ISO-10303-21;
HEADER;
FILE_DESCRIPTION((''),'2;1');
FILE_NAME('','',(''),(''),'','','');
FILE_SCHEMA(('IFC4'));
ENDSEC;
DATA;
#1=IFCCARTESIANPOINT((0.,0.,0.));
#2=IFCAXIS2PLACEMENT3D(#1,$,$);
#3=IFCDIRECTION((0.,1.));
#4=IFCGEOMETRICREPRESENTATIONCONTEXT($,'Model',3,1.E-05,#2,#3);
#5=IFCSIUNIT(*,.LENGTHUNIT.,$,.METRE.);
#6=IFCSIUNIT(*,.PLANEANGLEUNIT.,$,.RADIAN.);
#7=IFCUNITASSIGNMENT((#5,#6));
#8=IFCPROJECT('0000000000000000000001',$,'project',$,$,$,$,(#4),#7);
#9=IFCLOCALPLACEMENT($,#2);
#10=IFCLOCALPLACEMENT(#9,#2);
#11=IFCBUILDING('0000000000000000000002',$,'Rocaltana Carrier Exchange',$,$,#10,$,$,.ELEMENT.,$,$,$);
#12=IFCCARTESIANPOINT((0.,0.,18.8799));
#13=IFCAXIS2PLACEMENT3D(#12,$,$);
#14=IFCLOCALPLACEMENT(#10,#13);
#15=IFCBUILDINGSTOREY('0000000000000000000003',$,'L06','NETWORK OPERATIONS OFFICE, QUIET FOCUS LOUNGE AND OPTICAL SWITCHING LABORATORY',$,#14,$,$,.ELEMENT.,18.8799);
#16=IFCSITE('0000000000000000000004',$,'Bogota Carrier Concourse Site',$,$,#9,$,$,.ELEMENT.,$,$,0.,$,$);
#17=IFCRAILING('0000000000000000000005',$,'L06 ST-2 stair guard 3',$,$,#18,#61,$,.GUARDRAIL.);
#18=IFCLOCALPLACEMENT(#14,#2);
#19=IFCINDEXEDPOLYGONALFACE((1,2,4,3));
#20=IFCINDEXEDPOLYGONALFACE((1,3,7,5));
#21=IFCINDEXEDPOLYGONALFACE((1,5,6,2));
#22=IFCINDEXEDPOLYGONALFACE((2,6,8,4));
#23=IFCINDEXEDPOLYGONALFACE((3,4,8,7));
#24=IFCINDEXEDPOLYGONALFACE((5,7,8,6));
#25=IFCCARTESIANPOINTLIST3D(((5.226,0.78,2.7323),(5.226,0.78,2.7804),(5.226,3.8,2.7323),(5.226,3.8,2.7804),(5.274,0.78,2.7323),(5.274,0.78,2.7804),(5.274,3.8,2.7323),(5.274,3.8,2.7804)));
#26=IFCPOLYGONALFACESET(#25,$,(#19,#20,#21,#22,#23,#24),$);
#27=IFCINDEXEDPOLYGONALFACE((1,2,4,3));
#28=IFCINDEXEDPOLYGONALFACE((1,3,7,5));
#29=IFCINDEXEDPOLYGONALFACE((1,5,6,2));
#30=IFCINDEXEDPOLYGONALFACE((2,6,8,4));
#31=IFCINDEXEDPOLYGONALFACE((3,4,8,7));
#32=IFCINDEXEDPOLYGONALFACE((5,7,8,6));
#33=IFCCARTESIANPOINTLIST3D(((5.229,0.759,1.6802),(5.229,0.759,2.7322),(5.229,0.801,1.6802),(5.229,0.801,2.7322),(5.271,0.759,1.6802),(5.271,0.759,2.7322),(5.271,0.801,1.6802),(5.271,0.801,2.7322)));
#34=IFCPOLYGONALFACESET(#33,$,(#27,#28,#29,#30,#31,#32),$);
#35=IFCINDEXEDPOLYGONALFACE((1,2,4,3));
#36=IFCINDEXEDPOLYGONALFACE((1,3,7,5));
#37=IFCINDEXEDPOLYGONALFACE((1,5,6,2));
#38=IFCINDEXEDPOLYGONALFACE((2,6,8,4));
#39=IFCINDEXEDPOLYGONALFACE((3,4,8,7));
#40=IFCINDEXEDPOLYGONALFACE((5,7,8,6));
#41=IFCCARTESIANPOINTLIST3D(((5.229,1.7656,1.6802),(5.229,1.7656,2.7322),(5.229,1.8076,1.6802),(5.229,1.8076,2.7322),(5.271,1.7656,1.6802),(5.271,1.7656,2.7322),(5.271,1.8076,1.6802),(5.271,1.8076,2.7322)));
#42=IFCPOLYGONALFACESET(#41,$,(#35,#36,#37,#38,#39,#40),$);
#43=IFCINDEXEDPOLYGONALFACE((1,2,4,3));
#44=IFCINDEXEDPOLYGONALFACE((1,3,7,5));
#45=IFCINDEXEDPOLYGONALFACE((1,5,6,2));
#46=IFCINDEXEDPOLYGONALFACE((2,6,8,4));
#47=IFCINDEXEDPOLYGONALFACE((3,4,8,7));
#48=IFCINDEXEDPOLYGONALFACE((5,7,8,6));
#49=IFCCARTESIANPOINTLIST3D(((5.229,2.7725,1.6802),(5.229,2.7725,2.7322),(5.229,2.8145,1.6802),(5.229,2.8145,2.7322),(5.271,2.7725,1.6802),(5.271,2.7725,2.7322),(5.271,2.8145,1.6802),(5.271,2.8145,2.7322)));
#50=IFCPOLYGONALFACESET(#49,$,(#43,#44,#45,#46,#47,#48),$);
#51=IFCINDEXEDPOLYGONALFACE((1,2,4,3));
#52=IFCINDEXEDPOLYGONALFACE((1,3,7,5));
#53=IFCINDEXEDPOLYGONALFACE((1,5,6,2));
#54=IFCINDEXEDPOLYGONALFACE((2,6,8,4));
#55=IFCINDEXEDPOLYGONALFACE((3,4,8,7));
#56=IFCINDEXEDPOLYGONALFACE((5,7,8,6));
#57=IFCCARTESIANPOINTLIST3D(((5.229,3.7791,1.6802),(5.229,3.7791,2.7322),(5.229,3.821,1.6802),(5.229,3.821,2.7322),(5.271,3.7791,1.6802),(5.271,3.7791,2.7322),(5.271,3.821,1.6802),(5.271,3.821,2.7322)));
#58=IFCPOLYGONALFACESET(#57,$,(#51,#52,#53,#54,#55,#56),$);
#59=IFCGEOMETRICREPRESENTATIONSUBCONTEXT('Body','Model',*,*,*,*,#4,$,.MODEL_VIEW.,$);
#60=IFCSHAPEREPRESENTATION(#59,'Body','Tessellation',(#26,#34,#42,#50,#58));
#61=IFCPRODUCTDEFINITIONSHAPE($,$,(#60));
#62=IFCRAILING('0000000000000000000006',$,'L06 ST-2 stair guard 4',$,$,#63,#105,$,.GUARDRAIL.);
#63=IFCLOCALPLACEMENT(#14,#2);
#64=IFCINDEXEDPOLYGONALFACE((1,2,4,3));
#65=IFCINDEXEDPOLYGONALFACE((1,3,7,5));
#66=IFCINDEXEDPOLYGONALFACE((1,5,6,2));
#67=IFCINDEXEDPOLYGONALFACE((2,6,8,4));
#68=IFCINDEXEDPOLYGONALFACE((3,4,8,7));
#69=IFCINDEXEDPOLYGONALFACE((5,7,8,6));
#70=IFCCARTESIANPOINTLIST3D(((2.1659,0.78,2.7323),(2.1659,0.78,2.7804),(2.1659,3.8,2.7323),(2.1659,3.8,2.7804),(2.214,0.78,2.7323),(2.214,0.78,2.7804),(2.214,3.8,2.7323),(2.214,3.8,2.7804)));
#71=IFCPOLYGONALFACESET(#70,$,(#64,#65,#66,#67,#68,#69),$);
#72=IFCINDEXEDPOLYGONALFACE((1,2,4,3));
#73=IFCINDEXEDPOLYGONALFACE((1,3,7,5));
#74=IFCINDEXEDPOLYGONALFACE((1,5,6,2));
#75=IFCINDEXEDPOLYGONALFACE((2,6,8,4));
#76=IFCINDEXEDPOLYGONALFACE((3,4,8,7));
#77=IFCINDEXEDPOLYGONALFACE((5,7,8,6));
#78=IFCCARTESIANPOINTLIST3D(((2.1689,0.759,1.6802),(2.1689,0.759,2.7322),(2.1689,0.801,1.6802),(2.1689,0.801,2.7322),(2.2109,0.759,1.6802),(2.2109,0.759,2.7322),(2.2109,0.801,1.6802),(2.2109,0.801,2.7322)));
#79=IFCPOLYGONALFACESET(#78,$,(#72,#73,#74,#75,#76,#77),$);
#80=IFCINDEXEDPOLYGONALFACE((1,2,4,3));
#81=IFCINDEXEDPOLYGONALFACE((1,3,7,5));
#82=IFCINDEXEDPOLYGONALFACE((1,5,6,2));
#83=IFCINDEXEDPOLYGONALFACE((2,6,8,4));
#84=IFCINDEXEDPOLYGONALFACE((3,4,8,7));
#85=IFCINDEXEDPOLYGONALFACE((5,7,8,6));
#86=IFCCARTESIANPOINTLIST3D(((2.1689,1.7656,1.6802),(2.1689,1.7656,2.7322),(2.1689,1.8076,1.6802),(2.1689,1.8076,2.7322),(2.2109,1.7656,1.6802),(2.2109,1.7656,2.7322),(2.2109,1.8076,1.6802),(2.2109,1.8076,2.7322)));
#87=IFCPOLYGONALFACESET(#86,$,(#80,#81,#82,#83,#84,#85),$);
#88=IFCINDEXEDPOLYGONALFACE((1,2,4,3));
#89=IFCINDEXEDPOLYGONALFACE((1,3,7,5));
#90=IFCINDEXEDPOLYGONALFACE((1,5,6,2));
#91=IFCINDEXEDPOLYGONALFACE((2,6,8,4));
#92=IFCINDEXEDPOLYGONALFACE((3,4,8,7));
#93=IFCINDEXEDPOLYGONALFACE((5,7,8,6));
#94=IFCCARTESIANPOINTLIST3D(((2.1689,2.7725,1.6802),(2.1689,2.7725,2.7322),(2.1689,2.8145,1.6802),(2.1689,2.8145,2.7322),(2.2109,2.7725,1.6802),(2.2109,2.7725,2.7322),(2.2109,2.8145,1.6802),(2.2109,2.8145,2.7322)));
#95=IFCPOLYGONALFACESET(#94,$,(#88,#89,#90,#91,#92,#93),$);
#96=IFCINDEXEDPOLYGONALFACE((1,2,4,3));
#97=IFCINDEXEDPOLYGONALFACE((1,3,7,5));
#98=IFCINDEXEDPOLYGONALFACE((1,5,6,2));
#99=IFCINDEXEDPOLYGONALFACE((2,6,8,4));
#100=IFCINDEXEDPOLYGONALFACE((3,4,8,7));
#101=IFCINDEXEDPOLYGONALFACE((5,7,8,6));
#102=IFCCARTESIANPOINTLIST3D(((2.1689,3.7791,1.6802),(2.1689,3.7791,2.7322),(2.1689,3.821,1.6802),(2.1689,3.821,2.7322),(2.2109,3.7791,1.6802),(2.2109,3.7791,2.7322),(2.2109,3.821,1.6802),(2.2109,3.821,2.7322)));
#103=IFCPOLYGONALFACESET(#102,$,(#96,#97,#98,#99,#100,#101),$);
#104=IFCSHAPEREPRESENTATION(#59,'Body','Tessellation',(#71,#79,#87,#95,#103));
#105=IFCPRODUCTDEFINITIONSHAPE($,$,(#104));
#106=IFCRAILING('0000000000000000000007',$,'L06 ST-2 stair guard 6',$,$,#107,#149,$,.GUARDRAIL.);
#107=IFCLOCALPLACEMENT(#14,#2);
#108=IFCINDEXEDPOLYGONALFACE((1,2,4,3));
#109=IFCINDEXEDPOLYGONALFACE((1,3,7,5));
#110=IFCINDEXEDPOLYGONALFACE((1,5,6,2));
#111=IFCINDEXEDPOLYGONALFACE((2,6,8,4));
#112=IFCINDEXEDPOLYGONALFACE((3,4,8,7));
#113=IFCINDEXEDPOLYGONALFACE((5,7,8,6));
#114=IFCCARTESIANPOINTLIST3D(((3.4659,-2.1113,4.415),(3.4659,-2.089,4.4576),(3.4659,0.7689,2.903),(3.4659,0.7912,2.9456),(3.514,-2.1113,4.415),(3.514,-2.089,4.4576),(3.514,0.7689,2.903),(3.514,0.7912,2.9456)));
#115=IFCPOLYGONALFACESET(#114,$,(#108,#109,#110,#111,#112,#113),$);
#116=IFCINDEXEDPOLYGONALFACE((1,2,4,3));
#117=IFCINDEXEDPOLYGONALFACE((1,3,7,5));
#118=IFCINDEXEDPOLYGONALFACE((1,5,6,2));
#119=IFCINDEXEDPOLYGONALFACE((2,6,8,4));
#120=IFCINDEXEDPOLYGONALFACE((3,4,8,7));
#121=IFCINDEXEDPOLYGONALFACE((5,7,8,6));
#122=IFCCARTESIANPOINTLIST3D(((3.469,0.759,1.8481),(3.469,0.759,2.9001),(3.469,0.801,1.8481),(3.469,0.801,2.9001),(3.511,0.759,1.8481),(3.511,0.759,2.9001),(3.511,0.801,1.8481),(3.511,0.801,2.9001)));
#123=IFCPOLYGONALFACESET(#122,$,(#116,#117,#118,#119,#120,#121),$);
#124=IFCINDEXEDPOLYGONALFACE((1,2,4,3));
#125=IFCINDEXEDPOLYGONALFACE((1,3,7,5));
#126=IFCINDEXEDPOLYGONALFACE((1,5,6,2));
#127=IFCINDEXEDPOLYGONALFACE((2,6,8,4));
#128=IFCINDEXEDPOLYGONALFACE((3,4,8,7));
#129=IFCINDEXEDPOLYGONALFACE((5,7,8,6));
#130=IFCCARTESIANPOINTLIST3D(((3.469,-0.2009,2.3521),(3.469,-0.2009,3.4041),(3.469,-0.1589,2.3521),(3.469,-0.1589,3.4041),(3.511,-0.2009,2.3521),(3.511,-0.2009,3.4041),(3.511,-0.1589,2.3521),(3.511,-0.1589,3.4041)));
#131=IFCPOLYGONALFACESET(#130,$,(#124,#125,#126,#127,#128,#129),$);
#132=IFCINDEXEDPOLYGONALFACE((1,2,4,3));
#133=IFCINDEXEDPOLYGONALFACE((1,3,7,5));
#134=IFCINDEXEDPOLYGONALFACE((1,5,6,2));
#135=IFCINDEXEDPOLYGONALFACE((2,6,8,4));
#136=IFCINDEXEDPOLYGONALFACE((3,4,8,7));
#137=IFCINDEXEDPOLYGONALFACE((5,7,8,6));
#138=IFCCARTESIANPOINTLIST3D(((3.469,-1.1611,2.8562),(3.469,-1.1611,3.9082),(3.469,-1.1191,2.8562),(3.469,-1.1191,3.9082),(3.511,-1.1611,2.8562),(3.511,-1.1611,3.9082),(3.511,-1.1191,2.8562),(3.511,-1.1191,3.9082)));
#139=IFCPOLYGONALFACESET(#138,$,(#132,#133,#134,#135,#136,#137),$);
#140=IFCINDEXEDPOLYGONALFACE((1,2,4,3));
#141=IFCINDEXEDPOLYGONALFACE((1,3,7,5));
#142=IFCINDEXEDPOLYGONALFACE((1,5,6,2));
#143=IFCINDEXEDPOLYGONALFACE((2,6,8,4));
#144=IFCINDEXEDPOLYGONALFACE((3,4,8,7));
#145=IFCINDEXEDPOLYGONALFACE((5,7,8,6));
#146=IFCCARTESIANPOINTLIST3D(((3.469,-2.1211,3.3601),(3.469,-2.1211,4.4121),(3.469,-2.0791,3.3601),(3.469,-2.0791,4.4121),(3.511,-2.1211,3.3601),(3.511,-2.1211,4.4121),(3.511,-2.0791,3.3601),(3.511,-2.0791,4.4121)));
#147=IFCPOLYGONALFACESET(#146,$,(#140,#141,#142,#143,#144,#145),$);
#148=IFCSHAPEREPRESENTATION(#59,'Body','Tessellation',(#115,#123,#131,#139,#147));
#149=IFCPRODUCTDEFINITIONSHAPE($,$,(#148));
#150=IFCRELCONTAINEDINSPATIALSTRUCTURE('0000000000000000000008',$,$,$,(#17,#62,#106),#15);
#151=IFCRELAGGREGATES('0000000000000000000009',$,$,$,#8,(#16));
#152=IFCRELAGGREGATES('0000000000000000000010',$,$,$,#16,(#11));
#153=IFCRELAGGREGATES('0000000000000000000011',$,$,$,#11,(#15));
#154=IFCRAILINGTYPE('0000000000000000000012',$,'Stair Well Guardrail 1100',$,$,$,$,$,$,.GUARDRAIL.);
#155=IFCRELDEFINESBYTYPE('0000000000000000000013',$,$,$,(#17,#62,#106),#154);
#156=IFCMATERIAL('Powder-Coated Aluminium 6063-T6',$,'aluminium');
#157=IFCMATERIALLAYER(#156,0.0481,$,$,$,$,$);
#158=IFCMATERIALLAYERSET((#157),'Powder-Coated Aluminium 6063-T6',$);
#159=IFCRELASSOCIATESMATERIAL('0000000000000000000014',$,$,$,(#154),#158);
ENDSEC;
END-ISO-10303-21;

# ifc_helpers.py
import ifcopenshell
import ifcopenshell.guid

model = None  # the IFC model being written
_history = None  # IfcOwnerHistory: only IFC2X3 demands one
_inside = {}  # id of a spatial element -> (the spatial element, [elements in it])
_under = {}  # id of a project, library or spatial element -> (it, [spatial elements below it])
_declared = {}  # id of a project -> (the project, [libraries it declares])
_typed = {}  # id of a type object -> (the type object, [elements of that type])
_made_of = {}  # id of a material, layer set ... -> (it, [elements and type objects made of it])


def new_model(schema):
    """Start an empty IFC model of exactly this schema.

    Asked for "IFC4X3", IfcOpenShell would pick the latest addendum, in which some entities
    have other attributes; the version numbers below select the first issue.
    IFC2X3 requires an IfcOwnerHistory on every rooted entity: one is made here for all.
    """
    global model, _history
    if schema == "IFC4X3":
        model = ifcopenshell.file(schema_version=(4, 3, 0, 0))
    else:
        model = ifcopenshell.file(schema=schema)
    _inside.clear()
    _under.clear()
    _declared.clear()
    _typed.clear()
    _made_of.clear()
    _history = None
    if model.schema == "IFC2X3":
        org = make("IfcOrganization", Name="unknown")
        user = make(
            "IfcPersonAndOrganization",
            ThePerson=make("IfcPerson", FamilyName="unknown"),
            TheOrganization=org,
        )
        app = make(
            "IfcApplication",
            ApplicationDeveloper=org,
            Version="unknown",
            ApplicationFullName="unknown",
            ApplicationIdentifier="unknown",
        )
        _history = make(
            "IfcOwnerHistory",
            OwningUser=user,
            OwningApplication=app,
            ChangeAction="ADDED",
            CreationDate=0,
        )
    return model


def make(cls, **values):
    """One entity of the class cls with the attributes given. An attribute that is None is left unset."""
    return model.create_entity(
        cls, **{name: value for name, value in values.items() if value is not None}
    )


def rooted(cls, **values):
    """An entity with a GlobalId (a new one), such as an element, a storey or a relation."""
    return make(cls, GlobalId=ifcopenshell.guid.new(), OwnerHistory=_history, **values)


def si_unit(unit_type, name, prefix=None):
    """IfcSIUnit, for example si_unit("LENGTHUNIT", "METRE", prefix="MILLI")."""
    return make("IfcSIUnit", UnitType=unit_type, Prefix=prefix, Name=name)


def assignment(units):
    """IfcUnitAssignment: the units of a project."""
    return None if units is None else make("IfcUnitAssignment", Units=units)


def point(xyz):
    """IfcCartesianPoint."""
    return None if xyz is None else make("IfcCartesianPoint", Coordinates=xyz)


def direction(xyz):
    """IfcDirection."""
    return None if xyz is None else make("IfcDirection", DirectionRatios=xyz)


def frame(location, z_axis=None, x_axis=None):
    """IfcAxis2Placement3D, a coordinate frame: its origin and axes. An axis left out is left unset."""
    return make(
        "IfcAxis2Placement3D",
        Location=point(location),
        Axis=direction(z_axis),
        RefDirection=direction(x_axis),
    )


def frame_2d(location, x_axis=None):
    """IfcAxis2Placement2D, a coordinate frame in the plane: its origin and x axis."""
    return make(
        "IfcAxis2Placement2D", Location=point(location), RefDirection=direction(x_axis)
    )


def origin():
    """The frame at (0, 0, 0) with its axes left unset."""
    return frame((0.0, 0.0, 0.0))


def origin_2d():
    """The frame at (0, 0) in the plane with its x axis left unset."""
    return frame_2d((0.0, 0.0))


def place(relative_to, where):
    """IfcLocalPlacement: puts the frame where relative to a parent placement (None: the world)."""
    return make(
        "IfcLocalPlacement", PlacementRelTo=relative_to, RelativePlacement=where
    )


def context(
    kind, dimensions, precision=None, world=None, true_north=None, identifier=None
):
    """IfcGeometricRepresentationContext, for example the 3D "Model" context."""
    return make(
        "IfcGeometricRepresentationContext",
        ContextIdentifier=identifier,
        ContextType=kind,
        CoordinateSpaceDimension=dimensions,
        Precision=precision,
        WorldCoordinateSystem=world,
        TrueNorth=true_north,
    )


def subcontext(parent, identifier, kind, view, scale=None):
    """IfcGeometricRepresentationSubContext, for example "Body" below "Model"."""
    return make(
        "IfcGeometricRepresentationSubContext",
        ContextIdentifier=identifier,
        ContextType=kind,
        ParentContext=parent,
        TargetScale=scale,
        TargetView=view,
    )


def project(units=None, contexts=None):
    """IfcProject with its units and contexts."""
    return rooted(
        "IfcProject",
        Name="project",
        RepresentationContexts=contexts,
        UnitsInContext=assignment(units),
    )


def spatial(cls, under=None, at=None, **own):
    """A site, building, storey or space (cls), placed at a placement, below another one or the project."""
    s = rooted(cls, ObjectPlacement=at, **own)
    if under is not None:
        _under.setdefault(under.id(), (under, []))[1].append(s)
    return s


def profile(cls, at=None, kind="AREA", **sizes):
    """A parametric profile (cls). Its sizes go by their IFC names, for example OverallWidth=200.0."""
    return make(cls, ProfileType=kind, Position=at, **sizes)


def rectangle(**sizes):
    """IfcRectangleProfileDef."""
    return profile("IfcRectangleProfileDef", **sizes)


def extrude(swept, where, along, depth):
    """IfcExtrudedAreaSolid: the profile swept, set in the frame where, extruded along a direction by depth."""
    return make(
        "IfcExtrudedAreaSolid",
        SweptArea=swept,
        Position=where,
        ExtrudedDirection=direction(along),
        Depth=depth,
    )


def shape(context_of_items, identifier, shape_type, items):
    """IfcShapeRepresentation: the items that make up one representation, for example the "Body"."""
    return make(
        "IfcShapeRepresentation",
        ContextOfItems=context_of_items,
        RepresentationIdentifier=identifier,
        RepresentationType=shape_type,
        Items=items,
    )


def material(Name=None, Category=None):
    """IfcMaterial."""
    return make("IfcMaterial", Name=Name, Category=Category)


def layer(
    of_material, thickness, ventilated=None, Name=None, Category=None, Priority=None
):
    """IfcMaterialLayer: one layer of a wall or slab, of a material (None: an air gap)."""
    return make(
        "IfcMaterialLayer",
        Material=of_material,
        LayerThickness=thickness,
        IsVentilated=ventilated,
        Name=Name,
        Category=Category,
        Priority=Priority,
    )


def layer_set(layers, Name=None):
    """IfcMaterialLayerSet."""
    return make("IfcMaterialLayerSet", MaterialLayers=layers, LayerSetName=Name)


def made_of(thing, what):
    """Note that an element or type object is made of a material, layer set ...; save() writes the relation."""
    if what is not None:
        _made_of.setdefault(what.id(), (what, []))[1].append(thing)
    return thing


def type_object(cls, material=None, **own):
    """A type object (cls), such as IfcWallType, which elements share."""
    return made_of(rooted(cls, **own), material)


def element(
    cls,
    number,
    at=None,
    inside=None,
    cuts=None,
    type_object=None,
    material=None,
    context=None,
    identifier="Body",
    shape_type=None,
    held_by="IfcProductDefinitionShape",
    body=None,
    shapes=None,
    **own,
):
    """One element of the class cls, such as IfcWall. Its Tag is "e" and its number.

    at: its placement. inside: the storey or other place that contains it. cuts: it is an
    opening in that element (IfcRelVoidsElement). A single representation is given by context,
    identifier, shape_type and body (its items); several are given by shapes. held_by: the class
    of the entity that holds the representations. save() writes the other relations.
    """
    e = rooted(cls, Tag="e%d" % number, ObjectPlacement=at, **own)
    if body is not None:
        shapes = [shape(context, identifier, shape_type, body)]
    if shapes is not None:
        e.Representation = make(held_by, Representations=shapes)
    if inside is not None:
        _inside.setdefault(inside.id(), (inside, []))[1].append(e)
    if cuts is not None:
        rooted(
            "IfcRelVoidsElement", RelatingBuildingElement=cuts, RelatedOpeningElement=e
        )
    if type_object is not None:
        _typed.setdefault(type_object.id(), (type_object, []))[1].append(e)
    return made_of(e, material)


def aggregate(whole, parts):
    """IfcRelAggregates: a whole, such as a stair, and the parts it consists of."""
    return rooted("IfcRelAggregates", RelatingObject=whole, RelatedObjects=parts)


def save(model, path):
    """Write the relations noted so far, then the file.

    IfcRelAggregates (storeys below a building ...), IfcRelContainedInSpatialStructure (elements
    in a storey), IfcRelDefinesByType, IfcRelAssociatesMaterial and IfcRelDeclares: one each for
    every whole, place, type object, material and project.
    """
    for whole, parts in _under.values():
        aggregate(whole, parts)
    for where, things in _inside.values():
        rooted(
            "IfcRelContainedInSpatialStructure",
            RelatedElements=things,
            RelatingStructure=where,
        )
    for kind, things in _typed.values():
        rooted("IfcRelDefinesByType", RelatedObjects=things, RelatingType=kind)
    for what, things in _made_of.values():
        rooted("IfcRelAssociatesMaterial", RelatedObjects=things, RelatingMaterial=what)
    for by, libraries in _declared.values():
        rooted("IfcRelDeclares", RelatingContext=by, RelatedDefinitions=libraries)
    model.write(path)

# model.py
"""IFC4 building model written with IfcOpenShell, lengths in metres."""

from ifc_helpers import new_model, si_unit, direction, frame, origin, origin_2d, place, context, subcontext, project, spatial, rectangle, extrude, material, layer, layer_set, type_object, element, save


model = new_model("IFC4")

# Units and contexts
model_context = context("Model", 3, precision=1e-05, world=origin(), true_north=direction((0.0, 1.0)))
body_context = subcontext(model_context, "Body", "Model", "MODEL_VIEW")
ifc_project = project(units=[si_unit("LENGTHUNIT", "METRE"), si_unit("PLANEANGLEUNIT", "RADIAN")], contexts=[model_context])

# Site, building, storey
site_placement = place(None, origin())
site = spatial("IfcSite", under=ifc_project, at=site_placement, Name="Bogota Carrier Concourse Site", CompositionType="ELEMENT", RefElevation=0.0)
building_placement = place(site_placement, origin())
building = spatial("IfcBuilding", under=site, at=building_placement, Name="Rocaltana Carrier Exchange", CompositionType="ELEMENT")
storey_placement = place(building_placement, frame((0.0, 0.0, 18.8799)))
storey = spatial("IfcBuildingStorey", under=building, at=storey_placement, Name="L06", Description="NETWORK OPERATIONS OFFICE, QUIET FOCUS LOUNGE AND OPTICAL SWITCHING LABORATORY", CompositionType="ELEMENT", Elevation=18.8799)

# Railings
ifc_material_1 = material(Name="Powder-Coated Aluminium 6063-T6", Category="aluminium")
ifc_layer_1 = layer(ifc_material_1, 0.0481)
ifc_layer_set_1 = layer_set([ifc_layer_1], Name="Powder-Coated Aluminium 6063-T6")
railing_type_1 = type_object("IfcRailingType", Name="Stair Well Guardrail 1100", PredefinedType="GUARDRAIL", material=ifc_layer_set_1)
for number, where, name in (
    (1, (5.25, 0.78, 1.6802), "L06 ST-2 stair guard 3"),
    (2, (2.1899, 0.78, 1.6802), "L06 ST-2 stair guard 4"),
):
    element("IfcRailing", number, at=place(storey_placement, frame(where)), inside=storey, type_object=railing_type_1, Name=name, PredefinedType="GUARDRAIL", context=body_context, shape_type="SweptSolid", body=[
        extrude(rectangle(XDim=0.0481, YDim=0.0481, at=origin_2d()), frame((0.0, 0.0, 1.0762), z_axis=(0.0, 1.0, 0.0), x_axis=(-1.0, 0.0, 0.0)), (0.0, 0.0, 1.0), 3.02),
        extrude(rectangle(XDim=0.042, YDim=0.042, at=origin_2d()), origin(), (0.0, 0.0, 1.0), 1.052),
        extrude(rectangle(XDim=0.042, YDim=0.042, at=origin_2d()), frame((0.0, 1.0066, 0.0)), (0.0, 0.0, 1.0), 1.052),
        extrude(rectangle(XDim=0.042, YDim=0.042, at=origin_2d()), frame((0.0, 2.0134, 0.0)), (0.0, 0.0, 1.0), 1.052),
        extrude(rectangle(XDim=0.042, YDim=0.042, at=origin_2d()), frame((0.0, 3.02, 0.0)), (0.0, 0.0, 1.0), 1.052),
    ])
railing_1_placement = place(storey_placement, frame((3.49, 0.78, 1.8481)))
element("IfcRailing", 3, at=railing_1_placement, inside=storey, type_object=railing_type_1, Name="L06 ST-2 stair guard 6", PredefinedType="GUARDRAIL", context=body_context, shape_type="SweptSolid", body=[
    extrude(rectangle(XDim=0.0481, YDim=0.0481, at=origin_2d()), frame((0.0, 0.0, 1.0762), z_axis=(0.0, -0.885411, 0.464809), x_axis=(1.0, 0.0, 0.0)), (0.0, 0.0, 1.0), 3.2529),
    extrude(rectangle(XDim=0.042, YDim=0.042, at=origin_2d()), origin(), (0.0, 0.0, 1.0), 1.052),
    extrude(rectangle(XDim=0.042, YDim=0.042, at=origin_2d()), frame((0.0, -0.96, 0.5039)), (0.0, 0.0, 1.0), 1.052),
    extrude(rectangle(XDim=0.042, YDim=0.042, at=origin_2d()), frame((0.0, -1.9202, 1.0081)), (0.0, 0.0, 1.0), 1.052),
    extrude(rectangle(XDim=0.042, YDim=0.042, at=origin_2d()), frame((0.0, -2.8801, 1.512)), (0.0, 0.0, 1.0), 1.052),
])

save(model, "model.ifc")
